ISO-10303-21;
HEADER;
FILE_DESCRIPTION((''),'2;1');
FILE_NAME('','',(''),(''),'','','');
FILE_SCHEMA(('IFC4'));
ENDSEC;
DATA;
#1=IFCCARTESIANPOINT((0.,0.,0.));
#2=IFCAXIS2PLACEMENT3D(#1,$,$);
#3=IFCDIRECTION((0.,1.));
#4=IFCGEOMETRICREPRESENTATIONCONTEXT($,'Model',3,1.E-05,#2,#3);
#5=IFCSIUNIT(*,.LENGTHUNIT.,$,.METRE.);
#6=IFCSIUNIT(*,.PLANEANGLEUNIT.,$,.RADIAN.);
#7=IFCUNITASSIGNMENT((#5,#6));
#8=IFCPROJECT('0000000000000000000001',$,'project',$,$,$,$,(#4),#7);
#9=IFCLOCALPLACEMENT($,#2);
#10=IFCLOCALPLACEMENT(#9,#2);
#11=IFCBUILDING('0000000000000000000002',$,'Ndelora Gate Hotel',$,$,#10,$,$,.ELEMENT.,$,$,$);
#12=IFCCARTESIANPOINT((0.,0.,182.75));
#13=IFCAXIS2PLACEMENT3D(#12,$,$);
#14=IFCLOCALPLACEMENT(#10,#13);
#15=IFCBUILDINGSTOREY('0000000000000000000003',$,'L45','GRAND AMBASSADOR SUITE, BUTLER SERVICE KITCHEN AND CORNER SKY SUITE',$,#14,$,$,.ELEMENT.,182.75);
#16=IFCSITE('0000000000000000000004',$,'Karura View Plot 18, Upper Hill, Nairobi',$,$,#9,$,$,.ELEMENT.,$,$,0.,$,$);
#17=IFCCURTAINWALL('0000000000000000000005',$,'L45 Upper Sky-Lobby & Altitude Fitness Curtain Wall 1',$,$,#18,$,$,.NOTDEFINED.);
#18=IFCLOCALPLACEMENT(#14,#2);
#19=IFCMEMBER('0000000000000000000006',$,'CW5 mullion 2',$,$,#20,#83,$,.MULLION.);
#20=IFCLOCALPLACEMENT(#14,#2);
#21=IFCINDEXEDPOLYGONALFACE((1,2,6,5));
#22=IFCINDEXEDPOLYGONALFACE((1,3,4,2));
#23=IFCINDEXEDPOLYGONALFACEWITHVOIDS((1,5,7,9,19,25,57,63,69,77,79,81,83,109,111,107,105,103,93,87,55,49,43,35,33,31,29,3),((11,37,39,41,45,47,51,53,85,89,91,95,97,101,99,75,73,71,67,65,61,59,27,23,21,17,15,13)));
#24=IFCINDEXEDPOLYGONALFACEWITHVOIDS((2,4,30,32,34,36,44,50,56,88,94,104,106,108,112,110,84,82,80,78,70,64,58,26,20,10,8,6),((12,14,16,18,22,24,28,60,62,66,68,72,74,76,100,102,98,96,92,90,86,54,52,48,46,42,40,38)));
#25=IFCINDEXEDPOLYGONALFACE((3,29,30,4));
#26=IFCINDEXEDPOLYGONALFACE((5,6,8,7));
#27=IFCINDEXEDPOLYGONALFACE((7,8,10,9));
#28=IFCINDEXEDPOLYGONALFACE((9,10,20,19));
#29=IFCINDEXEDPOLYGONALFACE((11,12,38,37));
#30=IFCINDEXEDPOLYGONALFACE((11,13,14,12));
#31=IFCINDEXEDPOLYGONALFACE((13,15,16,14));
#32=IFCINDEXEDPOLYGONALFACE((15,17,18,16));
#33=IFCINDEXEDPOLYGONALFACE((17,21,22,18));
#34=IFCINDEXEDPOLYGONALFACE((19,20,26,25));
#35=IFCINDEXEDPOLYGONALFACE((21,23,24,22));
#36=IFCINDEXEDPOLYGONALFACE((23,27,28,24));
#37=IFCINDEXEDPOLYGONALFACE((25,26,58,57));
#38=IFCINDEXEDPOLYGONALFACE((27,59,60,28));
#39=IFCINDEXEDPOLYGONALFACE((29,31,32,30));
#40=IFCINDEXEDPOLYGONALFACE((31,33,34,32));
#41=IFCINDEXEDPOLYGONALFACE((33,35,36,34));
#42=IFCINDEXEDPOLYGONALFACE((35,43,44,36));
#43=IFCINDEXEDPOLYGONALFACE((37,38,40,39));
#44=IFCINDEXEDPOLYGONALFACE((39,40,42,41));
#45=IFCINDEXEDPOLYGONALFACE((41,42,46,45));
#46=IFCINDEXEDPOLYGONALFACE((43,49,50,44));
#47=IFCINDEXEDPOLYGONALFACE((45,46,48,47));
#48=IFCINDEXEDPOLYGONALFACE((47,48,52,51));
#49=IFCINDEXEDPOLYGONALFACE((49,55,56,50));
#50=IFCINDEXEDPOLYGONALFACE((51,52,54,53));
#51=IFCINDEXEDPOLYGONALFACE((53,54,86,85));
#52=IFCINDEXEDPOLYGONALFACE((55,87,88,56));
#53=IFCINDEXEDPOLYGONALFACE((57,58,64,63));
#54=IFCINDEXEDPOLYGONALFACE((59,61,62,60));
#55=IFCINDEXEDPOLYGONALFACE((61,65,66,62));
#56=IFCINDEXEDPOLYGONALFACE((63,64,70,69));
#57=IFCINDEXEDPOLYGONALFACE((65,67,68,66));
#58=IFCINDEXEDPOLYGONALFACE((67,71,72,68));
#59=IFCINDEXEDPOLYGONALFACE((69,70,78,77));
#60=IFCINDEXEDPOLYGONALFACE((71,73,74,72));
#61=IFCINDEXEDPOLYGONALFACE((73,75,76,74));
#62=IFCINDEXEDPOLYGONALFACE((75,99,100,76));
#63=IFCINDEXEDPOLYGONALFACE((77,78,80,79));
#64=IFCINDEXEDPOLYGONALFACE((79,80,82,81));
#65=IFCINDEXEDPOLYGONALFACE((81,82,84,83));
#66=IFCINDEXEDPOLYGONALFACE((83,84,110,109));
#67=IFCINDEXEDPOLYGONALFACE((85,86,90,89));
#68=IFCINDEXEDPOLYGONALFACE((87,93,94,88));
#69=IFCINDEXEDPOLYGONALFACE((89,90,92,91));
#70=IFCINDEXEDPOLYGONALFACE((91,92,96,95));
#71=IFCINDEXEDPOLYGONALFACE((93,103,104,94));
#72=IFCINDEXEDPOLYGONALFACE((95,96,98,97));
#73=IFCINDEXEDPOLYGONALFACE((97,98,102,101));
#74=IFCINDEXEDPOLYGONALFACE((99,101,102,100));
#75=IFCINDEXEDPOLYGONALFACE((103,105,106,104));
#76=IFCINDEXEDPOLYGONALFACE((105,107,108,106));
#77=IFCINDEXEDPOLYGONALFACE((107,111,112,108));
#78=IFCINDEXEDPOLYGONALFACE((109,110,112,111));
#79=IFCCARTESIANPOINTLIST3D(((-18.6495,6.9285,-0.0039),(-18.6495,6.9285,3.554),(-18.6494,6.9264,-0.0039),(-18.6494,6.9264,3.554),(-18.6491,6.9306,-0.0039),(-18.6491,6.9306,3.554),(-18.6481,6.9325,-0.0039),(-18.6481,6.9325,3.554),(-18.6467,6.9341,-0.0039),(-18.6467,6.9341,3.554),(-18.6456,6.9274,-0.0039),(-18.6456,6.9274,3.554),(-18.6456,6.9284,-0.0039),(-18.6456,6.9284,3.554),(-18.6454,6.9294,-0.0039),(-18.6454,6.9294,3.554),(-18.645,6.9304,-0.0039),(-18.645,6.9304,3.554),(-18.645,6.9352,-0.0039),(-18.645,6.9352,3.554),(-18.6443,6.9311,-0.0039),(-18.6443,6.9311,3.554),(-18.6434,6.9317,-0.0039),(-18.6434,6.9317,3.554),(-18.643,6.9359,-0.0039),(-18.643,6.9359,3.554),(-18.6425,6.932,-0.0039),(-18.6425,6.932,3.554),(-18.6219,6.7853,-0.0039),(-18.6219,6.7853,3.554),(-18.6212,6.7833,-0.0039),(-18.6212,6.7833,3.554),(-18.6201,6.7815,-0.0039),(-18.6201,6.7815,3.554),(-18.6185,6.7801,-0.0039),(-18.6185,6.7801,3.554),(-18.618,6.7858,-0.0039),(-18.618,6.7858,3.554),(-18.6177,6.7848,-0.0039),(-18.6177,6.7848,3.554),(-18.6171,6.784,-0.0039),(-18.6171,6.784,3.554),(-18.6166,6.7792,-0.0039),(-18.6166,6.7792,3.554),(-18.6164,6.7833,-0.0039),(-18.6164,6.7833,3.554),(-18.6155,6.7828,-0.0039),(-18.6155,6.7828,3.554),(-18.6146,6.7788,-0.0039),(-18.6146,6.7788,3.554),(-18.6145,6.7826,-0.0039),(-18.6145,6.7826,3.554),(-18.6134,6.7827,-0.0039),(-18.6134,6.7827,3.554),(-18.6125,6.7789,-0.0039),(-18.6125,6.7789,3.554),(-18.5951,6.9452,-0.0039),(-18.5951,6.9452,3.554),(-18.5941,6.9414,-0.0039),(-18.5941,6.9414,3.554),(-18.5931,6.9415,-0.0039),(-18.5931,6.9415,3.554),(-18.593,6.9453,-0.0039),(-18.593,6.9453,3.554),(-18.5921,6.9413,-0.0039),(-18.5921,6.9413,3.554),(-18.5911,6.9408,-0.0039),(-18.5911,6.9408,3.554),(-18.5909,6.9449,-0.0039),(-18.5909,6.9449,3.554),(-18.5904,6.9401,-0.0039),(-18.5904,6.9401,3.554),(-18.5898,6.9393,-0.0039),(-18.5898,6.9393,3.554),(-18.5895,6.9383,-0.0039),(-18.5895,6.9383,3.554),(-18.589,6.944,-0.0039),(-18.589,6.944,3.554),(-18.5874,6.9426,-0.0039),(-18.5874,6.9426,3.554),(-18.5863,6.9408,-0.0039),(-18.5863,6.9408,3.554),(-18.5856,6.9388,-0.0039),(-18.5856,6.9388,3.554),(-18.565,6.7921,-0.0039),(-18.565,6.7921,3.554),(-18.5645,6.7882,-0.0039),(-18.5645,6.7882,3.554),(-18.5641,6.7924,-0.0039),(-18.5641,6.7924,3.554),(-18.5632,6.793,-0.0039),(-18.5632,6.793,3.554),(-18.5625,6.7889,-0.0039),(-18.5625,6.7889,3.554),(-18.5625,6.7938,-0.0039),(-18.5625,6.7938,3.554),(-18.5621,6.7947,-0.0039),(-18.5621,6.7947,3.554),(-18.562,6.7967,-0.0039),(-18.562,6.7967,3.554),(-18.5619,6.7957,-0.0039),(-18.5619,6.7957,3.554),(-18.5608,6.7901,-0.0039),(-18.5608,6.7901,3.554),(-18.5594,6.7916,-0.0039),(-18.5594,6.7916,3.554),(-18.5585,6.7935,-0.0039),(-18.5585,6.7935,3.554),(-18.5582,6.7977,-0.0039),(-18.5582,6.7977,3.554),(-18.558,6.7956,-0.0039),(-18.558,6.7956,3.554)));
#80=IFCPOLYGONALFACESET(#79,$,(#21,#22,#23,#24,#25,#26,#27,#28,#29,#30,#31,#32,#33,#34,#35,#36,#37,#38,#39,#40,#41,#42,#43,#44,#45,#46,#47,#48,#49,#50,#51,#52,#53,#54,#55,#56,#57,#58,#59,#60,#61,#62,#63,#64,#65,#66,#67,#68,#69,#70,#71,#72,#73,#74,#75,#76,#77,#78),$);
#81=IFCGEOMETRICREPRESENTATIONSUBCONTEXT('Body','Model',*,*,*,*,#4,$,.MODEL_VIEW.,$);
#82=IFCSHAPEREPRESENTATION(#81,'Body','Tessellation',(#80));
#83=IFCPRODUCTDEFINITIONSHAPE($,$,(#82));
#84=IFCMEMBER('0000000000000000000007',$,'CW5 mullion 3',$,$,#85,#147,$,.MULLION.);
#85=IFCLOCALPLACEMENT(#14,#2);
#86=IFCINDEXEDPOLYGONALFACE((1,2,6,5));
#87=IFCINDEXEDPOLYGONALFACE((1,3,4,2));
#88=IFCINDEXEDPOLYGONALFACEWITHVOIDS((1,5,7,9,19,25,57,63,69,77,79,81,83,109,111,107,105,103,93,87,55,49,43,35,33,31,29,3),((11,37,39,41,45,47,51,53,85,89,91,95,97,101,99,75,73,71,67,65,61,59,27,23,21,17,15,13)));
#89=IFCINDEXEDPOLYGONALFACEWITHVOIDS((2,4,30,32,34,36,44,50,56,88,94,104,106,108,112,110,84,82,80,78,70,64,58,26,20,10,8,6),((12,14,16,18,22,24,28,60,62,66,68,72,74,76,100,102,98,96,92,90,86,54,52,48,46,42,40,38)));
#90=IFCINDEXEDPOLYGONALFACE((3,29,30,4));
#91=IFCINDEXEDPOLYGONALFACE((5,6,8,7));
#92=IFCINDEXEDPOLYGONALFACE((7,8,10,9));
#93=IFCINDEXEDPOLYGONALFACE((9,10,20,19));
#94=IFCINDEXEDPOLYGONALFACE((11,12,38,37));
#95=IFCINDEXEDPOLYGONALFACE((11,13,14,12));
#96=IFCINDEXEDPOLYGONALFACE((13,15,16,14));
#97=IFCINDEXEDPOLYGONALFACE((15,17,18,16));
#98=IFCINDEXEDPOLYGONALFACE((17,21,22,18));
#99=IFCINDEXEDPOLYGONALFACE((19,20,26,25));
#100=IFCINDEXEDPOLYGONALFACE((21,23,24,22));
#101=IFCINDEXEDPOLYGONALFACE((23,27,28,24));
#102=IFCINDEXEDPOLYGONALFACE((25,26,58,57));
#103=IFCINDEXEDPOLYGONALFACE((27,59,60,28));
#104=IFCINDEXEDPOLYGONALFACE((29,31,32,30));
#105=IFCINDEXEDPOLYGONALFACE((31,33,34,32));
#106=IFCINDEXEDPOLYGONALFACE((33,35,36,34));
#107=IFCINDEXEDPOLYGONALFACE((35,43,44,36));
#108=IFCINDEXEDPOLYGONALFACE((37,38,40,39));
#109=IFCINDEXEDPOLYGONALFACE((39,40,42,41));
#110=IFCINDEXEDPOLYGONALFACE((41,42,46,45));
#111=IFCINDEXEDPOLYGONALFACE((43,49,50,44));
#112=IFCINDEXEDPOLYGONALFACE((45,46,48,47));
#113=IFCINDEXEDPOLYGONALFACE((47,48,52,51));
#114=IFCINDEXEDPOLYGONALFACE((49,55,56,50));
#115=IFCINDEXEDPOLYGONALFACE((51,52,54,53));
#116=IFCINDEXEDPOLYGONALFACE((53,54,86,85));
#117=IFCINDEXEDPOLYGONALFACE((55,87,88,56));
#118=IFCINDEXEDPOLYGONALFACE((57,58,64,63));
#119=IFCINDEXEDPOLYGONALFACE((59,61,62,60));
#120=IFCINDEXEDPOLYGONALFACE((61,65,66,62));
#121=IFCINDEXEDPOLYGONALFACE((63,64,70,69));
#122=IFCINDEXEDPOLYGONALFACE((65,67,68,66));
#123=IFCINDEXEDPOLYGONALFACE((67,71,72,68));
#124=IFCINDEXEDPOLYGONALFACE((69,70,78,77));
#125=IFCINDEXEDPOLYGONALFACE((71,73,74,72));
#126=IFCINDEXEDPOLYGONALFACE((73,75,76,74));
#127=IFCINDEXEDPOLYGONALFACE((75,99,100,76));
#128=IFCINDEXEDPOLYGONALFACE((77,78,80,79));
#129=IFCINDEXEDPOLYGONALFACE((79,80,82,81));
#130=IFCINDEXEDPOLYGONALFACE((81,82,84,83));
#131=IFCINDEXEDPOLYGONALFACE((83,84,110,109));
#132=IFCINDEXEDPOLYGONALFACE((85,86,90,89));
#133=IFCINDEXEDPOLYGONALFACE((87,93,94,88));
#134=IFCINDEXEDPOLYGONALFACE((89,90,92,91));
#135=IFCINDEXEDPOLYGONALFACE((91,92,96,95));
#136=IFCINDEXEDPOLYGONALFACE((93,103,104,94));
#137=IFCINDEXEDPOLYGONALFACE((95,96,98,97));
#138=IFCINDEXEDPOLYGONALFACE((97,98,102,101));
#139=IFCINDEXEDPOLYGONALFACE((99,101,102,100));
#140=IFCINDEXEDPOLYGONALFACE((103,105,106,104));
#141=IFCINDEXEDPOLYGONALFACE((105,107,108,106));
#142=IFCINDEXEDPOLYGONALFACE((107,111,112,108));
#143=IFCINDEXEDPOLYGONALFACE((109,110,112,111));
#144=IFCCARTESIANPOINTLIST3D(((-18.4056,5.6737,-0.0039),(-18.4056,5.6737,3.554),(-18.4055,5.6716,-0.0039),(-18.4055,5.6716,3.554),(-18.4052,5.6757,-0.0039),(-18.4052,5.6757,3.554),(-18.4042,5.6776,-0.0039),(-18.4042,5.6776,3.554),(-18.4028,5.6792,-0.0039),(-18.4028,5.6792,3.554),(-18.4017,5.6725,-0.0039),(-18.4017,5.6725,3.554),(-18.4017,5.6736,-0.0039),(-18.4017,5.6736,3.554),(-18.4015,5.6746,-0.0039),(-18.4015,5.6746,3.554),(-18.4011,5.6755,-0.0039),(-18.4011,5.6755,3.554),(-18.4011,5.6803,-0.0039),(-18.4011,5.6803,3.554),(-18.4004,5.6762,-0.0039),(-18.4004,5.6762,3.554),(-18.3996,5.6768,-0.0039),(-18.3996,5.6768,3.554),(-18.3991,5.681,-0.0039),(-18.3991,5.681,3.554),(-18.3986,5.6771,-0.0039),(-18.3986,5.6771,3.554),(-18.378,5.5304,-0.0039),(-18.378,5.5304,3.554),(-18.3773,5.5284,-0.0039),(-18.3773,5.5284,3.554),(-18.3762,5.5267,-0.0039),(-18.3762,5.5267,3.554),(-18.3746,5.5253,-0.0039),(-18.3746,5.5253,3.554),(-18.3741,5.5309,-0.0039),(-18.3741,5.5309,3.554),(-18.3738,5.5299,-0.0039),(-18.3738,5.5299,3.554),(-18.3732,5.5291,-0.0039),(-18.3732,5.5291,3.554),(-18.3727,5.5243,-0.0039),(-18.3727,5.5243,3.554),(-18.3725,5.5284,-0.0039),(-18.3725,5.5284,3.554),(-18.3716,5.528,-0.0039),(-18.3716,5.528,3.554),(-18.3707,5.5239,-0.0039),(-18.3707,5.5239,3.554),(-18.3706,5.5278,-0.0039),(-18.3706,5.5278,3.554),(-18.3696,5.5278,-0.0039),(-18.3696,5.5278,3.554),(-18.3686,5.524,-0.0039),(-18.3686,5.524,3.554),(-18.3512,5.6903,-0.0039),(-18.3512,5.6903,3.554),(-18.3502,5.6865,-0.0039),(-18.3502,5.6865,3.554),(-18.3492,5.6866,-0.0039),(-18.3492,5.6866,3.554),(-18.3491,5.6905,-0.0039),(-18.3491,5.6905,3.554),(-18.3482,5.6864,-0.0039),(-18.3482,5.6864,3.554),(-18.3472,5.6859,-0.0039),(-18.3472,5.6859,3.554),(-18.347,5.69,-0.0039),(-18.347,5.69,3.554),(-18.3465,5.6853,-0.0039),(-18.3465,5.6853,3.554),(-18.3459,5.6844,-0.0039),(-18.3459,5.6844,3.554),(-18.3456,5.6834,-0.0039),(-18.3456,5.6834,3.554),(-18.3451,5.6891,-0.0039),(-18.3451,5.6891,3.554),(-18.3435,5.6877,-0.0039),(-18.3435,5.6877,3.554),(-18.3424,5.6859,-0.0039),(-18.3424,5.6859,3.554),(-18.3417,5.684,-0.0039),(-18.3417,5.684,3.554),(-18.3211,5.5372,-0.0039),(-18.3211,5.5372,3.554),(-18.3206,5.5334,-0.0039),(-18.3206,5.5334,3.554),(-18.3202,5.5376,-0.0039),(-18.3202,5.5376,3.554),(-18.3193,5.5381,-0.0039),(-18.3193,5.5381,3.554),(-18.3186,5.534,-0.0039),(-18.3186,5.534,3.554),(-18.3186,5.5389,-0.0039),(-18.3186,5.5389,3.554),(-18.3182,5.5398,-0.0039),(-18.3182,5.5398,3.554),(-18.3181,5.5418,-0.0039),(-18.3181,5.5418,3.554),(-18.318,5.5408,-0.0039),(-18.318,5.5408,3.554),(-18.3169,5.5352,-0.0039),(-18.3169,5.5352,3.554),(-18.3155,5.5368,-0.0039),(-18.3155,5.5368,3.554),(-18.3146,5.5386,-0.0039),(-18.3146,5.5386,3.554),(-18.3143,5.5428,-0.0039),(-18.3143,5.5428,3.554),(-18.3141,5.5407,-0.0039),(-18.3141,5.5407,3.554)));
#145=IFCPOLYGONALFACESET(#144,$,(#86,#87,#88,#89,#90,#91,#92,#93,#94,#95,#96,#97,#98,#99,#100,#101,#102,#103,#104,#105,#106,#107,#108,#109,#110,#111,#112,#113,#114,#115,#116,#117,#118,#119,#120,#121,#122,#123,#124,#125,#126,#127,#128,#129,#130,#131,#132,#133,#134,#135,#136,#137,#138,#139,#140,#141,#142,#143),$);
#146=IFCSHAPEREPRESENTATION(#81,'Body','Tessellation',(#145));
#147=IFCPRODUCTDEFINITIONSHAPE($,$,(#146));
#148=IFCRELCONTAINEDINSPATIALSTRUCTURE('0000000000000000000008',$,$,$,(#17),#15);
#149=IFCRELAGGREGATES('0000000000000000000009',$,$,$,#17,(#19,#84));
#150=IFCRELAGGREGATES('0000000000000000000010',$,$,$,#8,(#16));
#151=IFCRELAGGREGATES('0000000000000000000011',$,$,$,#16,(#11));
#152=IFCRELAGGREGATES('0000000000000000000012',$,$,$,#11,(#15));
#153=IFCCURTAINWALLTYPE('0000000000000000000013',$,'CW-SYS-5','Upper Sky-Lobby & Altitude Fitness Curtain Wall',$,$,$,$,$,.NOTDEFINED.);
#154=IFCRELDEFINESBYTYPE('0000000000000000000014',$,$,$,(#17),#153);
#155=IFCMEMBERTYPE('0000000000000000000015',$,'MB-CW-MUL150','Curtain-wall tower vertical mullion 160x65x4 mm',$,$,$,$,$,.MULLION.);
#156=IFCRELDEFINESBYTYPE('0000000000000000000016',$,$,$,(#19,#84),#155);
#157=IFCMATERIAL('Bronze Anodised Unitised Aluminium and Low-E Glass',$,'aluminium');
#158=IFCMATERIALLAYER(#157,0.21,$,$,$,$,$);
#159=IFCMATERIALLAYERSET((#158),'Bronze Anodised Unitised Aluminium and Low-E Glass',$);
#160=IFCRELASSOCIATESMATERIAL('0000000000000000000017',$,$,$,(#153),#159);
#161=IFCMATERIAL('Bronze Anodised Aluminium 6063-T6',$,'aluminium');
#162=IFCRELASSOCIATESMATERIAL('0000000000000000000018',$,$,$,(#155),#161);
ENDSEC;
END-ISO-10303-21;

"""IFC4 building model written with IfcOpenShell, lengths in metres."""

from ifc_helpers import new_model, si_unit, direction, frame, origin, origin_2d, place, context, subcontext, project, spatial, hollow_rectangle, extrude, material, layer, layer_set, material_profile, profile_set, type_object, element, aggregate, save


model = new_model("IFC4")

# Units and contexts
model_context = context("Model", 3, precision=1e-05, world=origin(), true_north=direction((0.0, 1.0)))
body_context = subcontext(model_context, "Body", "Model", "MODEL_VIEW")
ifc_project = project(units=[si_unit("LENGTHUNIT", "METRE"), si_unit("PLANEANGLEUNIT", "RADIAN")], contexts=[model_context])

# Site, building, storey
site_placement = place(None, origin())
site = spatial("IfcSite", under=ifc_project, at=site_placement, Name="Karura View Plot 18, Upper Hill, Nairobi", CompositionType="ELEMENT", RefElevation=0.0)
building_placement = place(site_placement, origin())
building = spatial("IfcBuilding", under=site, at=building_placement, Name="Ndelora Gate Hotel", CompositionType="ELEMENT")
storey_placement = place(building_placement, frame((0.0, 0.0, 182.75)))
storey = spatial("IfcBuildingStorey", under=building, at=storey_placement, Name="L45", Description="GRAND AMBASSADOR SUITE, BUTLER SERVICE KITCHEN AND CORNER SKY SUITE", CompositionType="ELEMENT", Elevation=182.75)

# Curtain wall, members
ifc_material_1 = material(Name="Bronze Anodised Unitised Aluminium and Low-E Glass", Category="aluminium")
ifc_layer_1 = layer(ifc_material_1, 0.21)
ifc_layer_set_1 = layer_set([ifc_layer_1], Name="Bronze Anodised Unitised Aluminium and Low-E Glass")
curtain_wall_type = type_object("IfcCurtainWallType", Name="CW-SYS-5", Description="Upper Sky-Lobby & Altitude Fitness Curtain Wall", PredefinedType="NOTDEFINED", material=ifc_layer_set_1)
curtain_wall_1_placement = place(storey_placement, origin())
curtain_wall_1 = element("IfcCurtainWall", 1, at=curtain_wall_1_placement, inside=storey, type_object=curtain_wall_type, Name="L45 Upper Sky-Lobby & Altitude Fitness Curtain Wall 1", PredefinedType="NOTDEFINED")
ifc_material_2 = material(Name="Bronze Anodised Aluminium 6063-T6", Category="aluminium")
ifc_material_profile_1 = material_profile(ifc_material_2, hollow_rectangle(XDim=0.0649, YDim=0.1599, WallThickness=0.0039, InnerFilletRadius=0.0039, OuterFilletRadius=0.0081, at=origin_2d()), Name="ALU 160x65x4")
ifc_profile_set_1 = profile_set([ifc_material_profile_1], Name="Bronze Anodised Aluminium 6063-T6")
member_type_1 = type_object("IfcMemberType", Name="MB-CW-MUL150", Description="Curtain-wall tower vertical mullion 160x65x4 mm", PredefinedType="MULLION", material=ifc_profile_set_1)
member_1_placement = place(storey_placement, frame((-18.6038, 6.8621, -0.0039), z_axis=(0.0, 0.0, 1.0), x_axis=(0.981616, 0.190869, 0.0)))
member_1 = element("IfcMember", 2, at=member_1_placement, type_object=member_type_1, Name="CW5 mullion 2", PredefinedType="MULLION", context=body_context, shape_type="SweptSolid", body=[
    extrude(hollow_rectangle(XDim=0.0649, YDim=0.1599, WallThickness=0.0039, InnerFilletRadius=0.0039, OuterFilletRadius=0.0081, at=origin_2d()), origin(), (0.0, 0.0, 1.0), 3.5579),
])
member_2_placement = place(storey_placement, frame((-18.3599, 5.6072, -0.0039), z_axis=(0.0, 0.0, 1.0), x_axis=(0.981616, 0.190869, 0.0)))
member_2 = element("IfcMember", 3, at=member_2_placement, type_object=member_type_1, Name="CW5 mullion 3", PredefinedType="MULLION", context=body_context, shape_type="SweptSolid", body=[
    extrude(hollow_rectangle(XDim=0.0649, YDim=0.1599, WallThickness=0.0039, InnerFilletRadius=0.0039, OuterFilletRadius=0.0081, at=origin_2d()), origin(), (0.0, 0.0, 1.0), 3.5579),
])

aggregate(curtain_wall_1, [member_1, member_2])

save(model, "model.ifc")
